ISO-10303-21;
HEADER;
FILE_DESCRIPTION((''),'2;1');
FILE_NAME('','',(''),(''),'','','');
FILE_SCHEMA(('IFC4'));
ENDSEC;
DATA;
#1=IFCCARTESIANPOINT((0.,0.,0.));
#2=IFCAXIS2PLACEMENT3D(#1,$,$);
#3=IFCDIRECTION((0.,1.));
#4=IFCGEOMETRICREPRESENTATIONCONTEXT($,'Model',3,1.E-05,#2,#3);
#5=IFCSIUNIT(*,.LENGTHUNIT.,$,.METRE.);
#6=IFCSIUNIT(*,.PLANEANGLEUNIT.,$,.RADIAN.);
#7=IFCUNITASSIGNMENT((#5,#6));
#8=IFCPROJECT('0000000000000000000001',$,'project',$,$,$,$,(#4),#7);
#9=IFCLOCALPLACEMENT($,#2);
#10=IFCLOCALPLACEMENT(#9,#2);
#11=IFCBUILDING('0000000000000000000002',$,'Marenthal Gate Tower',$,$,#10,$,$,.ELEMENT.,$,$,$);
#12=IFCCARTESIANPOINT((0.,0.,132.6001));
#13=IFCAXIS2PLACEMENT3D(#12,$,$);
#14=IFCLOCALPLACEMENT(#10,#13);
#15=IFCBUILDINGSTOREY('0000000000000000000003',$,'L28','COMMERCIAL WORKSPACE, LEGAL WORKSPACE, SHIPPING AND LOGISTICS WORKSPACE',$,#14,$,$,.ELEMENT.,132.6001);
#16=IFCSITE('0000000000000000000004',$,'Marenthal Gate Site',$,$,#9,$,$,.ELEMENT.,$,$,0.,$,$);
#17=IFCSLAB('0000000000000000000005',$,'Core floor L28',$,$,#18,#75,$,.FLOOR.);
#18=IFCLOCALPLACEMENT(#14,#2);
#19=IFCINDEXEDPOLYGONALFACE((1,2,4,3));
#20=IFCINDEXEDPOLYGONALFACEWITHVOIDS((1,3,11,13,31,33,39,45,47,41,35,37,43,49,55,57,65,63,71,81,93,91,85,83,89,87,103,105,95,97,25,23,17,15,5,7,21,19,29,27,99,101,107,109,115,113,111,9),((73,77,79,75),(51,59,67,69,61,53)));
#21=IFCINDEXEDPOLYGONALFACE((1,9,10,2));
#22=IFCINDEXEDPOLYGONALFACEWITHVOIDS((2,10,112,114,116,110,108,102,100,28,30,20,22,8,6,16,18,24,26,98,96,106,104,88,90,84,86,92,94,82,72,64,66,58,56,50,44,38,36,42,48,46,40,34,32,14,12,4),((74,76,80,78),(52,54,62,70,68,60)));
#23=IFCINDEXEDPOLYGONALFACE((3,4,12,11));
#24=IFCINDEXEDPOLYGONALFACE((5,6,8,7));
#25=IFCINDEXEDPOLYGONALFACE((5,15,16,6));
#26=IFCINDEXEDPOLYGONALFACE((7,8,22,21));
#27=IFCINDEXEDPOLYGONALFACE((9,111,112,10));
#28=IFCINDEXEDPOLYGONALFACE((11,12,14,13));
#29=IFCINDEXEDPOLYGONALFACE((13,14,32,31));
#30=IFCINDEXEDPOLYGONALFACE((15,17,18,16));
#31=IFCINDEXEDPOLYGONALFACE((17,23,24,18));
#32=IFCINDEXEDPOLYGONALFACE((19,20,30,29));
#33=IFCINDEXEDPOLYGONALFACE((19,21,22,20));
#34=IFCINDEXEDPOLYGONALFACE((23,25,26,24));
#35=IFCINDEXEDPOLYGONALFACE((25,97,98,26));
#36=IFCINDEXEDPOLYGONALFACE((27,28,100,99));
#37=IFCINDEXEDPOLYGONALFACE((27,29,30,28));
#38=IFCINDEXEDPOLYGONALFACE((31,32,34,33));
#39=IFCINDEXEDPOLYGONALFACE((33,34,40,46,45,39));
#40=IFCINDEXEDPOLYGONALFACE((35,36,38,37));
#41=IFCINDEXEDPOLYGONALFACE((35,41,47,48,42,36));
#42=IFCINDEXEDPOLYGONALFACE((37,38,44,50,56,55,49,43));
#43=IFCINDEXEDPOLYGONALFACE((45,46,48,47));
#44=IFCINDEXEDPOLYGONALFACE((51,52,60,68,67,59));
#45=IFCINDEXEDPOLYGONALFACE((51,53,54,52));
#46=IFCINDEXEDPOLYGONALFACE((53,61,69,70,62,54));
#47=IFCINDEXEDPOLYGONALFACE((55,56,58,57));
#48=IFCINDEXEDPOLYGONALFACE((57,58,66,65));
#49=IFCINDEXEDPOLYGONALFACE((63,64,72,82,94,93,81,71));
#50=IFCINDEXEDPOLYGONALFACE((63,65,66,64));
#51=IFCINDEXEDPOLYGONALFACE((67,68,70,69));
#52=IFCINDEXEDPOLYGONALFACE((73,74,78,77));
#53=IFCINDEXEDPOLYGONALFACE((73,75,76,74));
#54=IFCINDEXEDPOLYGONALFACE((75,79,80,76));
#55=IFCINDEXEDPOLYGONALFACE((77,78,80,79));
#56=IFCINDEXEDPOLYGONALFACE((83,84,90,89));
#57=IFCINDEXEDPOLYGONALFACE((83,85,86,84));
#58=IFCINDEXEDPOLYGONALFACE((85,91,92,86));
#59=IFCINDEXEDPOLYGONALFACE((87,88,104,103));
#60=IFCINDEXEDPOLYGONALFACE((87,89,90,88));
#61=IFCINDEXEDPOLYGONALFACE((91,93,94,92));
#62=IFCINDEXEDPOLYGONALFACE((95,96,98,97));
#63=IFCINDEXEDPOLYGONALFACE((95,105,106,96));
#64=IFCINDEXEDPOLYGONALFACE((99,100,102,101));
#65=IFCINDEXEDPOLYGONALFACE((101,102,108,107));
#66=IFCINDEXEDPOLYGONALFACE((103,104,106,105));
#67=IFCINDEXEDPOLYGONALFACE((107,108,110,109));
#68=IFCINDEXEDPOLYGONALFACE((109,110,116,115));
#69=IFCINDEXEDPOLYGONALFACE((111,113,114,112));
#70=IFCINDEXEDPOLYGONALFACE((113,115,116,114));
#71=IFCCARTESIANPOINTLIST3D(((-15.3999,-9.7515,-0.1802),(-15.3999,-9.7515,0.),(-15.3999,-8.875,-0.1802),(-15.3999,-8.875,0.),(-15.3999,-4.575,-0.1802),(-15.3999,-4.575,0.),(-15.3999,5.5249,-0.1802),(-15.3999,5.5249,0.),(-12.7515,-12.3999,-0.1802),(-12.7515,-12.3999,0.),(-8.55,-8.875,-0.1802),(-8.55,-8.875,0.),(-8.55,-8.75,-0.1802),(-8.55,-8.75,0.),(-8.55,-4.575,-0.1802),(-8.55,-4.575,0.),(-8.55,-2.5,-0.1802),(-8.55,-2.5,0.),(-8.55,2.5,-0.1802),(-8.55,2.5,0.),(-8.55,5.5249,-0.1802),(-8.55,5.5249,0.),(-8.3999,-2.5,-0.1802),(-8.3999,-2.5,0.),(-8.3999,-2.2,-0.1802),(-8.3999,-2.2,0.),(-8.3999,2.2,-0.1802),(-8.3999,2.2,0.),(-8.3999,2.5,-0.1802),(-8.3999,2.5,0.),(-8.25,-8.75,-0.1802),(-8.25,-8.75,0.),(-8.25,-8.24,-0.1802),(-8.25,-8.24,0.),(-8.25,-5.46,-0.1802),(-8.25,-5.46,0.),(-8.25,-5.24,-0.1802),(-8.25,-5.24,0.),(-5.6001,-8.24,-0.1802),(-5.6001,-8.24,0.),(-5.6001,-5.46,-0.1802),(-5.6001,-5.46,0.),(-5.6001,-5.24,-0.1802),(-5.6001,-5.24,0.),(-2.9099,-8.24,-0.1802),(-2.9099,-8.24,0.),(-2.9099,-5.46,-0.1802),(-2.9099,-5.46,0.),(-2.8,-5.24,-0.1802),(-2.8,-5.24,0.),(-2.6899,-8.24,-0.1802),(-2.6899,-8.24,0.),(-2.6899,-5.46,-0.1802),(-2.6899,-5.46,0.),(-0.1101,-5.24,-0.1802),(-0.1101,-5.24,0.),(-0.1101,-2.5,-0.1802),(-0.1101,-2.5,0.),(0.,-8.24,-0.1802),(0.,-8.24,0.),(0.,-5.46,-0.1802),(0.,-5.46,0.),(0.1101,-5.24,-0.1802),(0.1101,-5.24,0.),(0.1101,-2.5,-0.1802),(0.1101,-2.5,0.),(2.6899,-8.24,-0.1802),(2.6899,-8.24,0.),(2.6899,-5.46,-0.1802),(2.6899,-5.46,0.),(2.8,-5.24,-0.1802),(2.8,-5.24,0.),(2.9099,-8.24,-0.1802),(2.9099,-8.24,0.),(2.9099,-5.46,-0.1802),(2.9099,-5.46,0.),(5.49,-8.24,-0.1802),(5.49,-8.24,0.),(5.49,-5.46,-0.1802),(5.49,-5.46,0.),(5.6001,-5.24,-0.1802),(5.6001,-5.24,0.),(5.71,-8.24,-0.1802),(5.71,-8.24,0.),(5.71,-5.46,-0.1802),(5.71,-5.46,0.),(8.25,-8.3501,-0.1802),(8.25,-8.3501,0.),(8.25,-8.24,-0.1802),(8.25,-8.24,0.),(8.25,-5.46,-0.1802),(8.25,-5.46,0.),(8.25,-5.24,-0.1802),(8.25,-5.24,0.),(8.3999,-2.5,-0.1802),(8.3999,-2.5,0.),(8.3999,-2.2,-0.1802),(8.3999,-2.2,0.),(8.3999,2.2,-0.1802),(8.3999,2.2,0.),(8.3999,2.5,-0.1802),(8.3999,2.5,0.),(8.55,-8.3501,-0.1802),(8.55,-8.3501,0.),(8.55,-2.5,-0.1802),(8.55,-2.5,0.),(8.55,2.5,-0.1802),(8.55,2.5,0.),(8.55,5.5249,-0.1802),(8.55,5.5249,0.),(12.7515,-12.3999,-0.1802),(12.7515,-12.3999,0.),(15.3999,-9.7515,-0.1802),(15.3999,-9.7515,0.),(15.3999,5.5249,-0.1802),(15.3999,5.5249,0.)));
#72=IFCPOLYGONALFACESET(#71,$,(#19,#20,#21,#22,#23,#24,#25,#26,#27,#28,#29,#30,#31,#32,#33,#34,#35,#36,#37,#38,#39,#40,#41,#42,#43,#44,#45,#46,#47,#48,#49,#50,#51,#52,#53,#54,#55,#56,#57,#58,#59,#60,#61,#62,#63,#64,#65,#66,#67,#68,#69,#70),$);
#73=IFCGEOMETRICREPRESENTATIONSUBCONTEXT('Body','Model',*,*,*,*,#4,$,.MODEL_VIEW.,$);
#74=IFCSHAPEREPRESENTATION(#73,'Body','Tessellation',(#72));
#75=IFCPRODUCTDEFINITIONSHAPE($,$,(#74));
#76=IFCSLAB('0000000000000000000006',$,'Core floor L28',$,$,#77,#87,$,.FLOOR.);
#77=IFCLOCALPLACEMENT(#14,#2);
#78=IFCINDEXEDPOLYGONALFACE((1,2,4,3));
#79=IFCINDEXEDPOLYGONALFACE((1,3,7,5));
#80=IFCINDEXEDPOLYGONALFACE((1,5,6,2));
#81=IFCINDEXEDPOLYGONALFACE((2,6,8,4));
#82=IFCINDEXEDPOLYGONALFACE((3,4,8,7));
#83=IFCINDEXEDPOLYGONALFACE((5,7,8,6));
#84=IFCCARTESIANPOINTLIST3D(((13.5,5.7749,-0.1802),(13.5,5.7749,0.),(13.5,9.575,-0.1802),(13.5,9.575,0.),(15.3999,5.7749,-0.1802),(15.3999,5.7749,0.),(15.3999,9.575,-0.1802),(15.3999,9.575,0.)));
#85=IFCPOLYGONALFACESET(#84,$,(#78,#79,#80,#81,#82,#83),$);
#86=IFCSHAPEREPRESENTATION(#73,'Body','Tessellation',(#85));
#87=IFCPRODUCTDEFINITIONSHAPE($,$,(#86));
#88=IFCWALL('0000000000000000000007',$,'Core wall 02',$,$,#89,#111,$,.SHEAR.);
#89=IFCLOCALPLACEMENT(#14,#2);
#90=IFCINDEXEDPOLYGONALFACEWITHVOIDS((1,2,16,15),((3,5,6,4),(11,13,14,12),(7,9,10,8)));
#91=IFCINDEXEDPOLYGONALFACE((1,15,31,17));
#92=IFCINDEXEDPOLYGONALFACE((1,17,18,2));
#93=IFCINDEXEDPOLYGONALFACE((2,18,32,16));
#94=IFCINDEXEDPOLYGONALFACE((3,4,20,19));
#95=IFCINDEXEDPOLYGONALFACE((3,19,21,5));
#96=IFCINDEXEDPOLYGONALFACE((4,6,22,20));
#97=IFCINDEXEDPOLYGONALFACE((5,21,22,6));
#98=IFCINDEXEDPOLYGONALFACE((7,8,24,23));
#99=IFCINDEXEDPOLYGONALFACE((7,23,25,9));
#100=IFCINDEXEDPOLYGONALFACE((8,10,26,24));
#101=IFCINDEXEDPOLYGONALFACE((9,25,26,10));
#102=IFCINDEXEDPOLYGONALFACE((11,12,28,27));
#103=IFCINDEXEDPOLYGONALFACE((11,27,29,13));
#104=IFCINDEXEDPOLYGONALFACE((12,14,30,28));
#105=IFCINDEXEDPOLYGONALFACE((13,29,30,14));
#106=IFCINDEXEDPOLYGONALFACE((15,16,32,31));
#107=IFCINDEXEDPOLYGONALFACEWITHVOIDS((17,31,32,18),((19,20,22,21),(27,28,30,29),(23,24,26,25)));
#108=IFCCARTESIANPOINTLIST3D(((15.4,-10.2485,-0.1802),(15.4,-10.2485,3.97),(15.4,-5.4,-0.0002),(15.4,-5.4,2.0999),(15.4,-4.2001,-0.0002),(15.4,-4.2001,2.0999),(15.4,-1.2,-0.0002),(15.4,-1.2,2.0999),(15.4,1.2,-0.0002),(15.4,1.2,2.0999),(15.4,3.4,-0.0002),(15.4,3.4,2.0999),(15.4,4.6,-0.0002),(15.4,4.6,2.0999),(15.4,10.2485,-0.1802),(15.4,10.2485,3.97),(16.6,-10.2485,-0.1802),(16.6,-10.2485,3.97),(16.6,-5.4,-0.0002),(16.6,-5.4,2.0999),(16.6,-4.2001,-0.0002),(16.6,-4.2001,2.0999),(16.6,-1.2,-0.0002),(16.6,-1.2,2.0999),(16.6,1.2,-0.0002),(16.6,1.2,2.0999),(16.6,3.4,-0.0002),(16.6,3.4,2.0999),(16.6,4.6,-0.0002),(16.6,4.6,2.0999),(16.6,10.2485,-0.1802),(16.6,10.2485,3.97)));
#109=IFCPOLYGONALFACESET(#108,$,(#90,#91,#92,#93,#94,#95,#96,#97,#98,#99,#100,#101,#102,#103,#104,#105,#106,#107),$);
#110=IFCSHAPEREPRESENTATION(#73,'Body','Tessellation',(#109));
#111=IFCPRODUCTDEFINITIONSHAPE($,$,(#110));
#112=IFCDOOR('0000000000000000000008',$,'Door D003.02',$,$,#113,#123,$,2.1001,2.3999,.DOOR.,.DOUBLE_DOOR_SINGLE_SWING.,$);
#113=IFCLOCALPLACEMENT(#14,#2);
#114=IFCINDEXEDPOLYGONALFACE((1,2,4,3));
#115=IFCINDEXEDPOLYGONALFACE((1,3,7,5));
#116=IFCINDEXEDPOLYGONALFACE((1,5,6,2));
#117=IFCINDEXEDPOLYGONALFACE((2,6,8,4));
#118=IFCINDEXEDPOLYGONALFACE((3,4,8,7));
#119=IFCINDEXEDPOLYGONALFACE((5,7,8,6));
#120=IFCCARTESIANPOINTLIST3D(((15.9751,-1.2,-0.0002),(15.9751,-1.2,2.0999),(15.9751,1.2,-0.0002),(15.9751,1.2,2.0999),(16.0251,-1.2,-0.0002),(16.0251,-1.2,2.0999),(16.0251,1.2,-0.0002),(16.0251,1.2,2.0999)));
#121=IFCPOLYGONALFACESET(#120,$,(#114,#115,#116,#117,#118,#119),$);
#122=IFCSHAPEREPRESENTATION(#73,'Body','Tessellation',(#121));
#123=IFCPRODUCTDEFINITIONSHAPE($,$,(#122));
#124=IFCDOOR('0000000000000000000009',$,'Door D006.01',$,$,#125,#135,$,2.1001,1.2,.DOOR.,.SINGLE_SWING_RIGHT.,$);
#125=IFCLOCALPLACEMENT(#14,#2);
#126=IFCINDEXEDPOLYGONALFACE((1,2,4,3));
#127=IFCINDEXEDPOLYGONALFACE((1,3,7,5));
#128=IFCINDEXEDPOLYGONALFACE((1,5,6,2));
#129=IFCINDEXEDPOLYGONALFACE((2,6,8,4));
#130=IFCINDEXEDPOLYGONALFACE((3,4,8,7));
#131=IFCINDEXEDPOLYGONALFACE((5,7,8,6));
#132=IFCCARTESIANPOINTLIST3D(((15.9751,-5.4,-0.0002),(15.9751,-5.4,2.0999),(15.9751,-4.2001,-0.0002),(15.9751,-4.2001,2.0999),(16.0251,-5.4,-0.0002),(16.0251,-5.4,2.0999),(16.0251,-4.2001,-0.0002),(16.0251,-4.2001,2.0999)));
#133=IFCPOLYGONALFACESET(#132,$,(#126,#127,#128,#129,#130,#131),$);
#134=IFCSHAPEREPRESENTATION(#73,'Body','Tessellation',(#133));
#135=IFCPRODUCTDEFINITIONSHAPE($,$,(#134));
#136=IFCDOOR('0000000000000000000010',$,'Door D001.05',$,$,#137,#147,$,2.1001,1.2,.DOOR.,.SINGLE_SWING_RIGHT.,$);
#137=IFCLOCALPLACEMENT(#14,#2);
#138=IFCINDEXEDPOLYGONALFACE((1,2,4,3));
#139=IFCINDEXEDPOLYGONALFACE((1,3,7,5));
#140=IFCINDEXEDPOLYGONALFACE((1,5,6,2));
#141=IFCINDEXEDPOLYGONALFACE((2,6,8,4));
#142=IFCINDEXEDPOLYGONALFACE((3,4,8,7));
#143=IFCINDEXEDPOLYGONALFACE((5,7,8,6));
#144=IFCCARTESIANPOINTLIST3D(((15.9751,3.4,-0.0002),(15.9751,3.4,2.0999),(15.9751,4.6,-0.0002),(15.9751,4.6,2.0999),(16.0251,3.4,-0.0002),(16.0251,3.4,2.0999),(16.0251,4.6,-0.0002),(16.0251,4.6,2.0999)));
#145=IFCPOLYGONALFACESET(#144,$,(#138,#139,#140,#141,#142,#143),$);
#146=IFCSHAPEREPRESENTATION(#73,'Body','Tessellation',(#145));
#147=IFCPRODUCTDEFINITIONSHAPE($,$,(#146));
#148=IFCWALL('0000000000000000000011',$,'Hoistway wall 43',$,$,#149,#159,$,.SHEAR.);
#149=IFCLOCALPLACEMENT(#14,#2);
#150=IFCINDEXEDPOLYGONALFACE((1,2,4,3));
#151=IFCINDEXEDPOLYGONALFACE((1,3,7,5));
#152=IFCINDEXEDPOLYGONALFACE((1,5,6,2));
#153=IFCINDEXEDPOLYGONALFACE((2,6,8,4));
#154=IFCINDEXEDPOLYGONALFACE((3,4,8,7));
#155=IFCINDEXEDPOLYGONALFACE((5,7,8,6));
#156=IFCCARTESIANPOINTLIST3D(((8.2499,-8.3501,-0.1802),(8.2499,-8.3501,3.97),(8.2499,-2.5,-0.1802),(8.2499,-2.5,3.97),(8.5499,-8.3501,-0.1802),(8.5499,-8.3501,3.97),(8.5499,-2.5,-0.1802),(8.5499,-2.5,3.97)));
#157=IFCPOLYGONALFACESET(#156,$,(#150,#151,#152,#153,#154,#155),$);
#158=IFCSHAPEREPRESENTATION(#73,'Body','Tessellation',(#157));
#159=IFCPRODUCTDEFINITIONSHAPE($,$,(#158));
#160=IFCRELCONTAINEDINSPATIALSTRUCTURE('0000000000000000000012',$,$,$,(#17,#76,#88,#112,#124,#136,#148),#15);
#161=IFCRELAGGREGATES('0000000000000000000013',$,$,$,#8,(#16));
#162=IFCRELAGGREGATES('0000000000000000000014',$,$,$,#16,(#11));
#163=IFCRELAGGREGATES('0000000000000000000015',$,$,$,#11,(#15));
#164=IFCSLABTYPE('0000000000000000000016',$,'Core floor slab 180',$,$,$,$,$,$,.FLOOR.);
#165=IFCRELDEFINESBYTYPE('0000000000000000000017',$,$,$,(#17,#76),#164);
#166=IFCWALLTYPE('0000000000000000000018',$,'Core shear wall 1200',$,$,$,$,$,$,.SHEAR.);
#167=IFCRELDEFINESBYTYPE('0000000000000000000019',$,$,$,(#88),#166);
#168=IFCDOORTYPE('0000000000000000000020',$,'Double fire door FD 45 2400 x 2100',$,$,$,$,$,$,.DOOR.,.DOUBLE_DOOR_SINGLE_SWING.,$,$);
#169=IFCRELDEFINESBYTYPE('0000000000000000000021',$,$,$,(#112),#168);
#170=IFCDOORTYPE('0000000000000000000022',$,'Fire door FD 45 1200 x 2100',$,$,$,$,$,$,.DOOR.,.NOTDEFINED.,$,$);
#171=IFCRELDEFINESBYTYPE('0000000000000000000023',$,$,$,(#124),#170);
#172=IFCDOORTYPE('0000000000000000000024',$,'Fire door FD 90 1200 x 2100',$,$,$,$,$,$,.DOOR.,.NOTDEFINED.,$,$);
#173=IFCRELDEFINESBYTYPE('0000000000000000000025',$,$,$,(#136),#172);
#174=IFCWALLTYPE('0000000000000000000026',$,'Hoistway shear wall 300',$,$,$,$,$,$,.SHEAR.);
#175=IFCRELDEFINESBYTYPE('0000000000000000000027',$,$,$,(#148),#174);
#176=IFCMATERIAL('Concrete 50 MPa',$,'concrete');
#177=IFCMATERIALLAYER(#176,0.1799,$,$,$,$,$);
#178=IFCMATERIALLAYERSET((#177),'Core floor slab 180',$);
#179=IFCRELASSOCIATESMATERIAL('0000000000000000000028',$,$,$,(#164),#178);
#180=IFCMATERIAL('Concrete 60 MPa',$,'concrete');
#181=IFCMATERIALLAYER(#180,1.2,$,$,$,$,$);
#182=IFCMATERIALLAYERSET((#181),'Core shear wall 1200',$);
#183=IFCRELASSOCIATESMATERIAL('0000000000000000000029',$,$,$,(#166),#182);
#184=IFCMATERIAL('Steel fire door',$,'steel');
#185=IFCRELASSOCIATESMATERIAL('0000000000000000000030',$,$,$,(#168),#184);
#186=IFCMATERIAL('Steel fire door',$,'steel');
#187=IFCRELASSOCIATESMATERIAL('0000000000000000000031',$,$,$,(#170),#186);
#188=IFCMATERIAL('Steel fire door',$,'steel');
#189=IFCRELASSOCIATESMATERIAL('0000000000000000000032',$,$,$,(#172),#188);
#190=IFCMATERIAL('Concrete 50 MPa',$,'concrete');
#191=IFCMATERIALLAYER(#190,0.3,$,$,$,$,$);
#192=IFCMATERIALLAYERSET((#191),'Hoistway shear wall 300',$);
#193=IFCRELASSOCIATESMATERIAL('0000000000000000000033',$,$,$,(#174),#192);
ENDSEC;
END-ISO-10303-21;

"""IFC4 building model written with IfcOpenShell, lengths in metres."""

from ifc_helpers import new_model, si_unit, direction, frame, frame_2d, origin, place, context, subcontext, project, spatial, polyline, rectangle, outline, extrude, material, layer, layer_set, type_object, element, fill, save


model = new_model("IFC4")

# Units and contexts
model_context = context("Model", 3, precision=1e-05, world=origin(), true_north=direction((0.0, 1.0)))
body_context = subcontext(model_context, "Body", "Model", "MODEL_VIEW")
ifc_project = project(units=[si_unit("LENGTHUNIT", "METRE"), si_unit("PLANEANGLEUNIT", "RADIAN")], contexts=[model_context])

# Site, building, storey
site_placement = place(None, origin())
site = spatial("IfcSite", under=ifc_project, at=site_placement, Name="Marenthal Gate Site", CompositionType="ELEMENT", RefElevation=0.0)
building_placement = place(site_placement, origin())
building = spatial("IfcBuilding", under=site, at=building_placement, Name="Marenthal Gate Tower", CompositionType="ELEMENT")
storey_placement = place(building_placement, frame((0.0, 0.0, 132.6001)))
storey = spatial("IfcBuildingStorey", under=building, at=storey_placement, Name="L28", Description="COMMERCIAL WORKSPACE, LEGAL WORKSPACE, SHIPPING AND LOGISTICS WORKSPACE", CompositionType="ELEMENT", Elevation=132.6001)

# Slabs
ifc_material_1 = material(Name="Concrete 50 MPa", Category="concrete")
ifc_layer_1 = layer(ifc_material_1, 0.1799)
ifc_layer_set_1 = layer_set([ifc_layer_1], Name="Core floor slab 180")
slab_type_1 = type_object("IfcSlabType", Name="Core floor slab 180", PredefinedType="FLOOR", material=ifc_layer_set_1)
slab_1_placement = place(storey_placement, frame((0.0, 0.0, -0.1802)))
element("IfcSlab", 1, at=slab_1_placement, inside=storey, type_object=slab_type_1, Name="Core floor L28", PredefinedType="FLOOR", context=body_context, shape_type="SweptSolid", body=[
    extrude(outline(polyline([(15.3999, -9.7515), (12.7515, -12.3999), (-12.7515, -12.3999), (-15.3999, -9.7515), (-15.3999, -8.875), (-8.55, -8.875), (-8.55, -8.75), (-8.25, -8.75), (-8.25, -8.24), (-5.6001, -8.24), (-2.9099, -8.24), (-2.9099, -5.46), (-5.6001, -5.46), (-8.25, -5.46), (-8.25, -5.24), (-5.6001, -5.24), (-2.8, -5.24), (-0.1101, -5.24), (-0.1101, -2.5), (0.1101, -2.5), (0.1101, -5.24), (2.8, -5.24), (5.6001, -5.24), (8.25, -5.24), (8.25, -5.46), (5.71, -5.46), (5.71, -8.24), (8.25, -8.24), (8.25, -8.3501), (8.55, -8.3501), (8.55, -2.5), (8.3999, -2.5), (8.3999, -2.2), (-8.3999, -2.2), (-8.3999, -2.5), (-8.55, -2.5), (-8.55, -4.575), (-15.3999, -4.575), (-15.3999, 5.5249), (-8.55, 5.5249), (-8.55, 2.5), (-8.3999, 2.5), (-8.3999, 2.2), (8.3999, 2.2), (8.3999, 2.5), (8.55, 2.5), (8.55, 5.5249), (15.3999, 5.5249), (15.3999, -9.7515)]), holes=[polyline([(2.6899, -5.46), (0.0, -5.46), (-2.6899, -5.46), (-2.6899, -8.24), (0.0, -8.24), (2.6899, -8.24), (2.6899, -5.46)]), polyline([(5.49, -5.46), (2.9099, -5.46), (2.9099, -8.24), (5.49, -8.24), (5.49, -5.46)])]), origin(), (0.0, 0.0, 1.0), 0.1802),
])
slab_2_placement = place(storey_placement, frame((0.0, 0.0, -0.1802)))
element("IfcSlab", 2, at=slab_2_placement, inside=storey, type_object=slab_type_1, Name="Core floor L28", PredefinedType="FLOOR", context=body_context, shape_type="SweptSolid", body=[
    extrude(outline(polyline([(15.3999, 5.7749), (13.5, 5.7749), (13.5, 9.575), (15.3999, 9.575), (15.3999, 5.7749)])), origin(), (0.0, 0.0, 1.0), 0.1802),
])

# Wall, openings, doors
ifc_material_2 = material(Name="Concrete 60 MPa", Category="concrete")
ifc_layer_2 = layer(ifc_material_2, 1.2)
ifc_layer_set_2 = layer_set([ifc_layer_2], Name="Core shear wall 1200")
wall_type_1 = type_object("IfcWallType", Name="Core shear wall 1200", PredefinedType="SHEAR", material=ifc_layer_set_2)
wall_1_placement = place(storey_placement, frame((16.0, -10.2485, -0.1802), z_axis=(0.0, 0.0, 1.0), x_axis=(0.0, 1.0, 0.0)))
wall_1 = element("IfcWall", 3, at=wall_1_placement, inside=storey, type_object=wall_type_1, Name="Core wall 02", PredefinedType="SHEAR", context=body_context, shape_type="SweptSolid", body=[
    extrude(rectangle(XDim=20.4971, YDim=1.2, at=frame_2d((10.2485, 0.0))), origin(), (0.0, 0.0, 1.0), 4.1501),
])
opening_1_placement = place(wall_1_placement, frame((9.0486, 0.0, 0.1799)))
opening_1 = element("IfcOpeningElement", 4, at=opening_1_placement, cuts=wall_1, PredefinedType="OPENING", context=body_context, shape_type="SweptSolid", body=[
    extrude(rectangle(XDim=2.3999, YDim=2.1001, at=frame_2d((1.2, 1.05))), frame((0.0, 0.6099, 0.0), z_axis=(0.0, -1.0, 0.0), x_axis=(1.0, 0.0, 0.0)), (0.0, 0.0, 1.0), 1.22),
])
opening_2_placement = place(wall_1_placement, frame((13.6484, 0.0, 0.1799)))
opening_2 = element("IfcOpeningElement", 5, at=opening_2_placement, cuts=wall_1, PredefinedType="OPENING", context=body_context, shape_type="SweptSolid", body=[
    extrude(rectangle(XDim=1.2, YDim=2.1001, at=frame_2d((0.6001, 1.05))), frame((0.0, 0.6099, 0.0), z_axis=(0.0, -1.0, 0.0), x_axis=(1.0, 0.0, 0.0)), (0.0, 0.0, 1.0), 1.22),
])
opening_3_placement = place(wall_1_placement, frame((4.8484, 0.0, 0.1799)))
opening_3 = element("IfcOpeningElement", 6, at=opening_3_placement, cuts=wall_1, PredefinedType="OPENING", context=body_context, shape_type="SweptSolid", body=[
    extrude(rectangle(XDim=1.2, YDim=2.1001, at=frame_2d((0.6001, 1.05))), frame((0.0, 0.6099, 0.0), z_axis=(0.0, -1.0, 0.0), x_axis=(1.0, 0.0, 0.0)), (0.0, 0.0, 1.0), 1.22),
])
ifc_material_3 = material(Name="Steel fire door", Category="steel")
door_type_1 = type_object("IfcDoorType", Name="Double fire door FD 45 2400 x 2100", OperationType="DOUBLE_DOOR_SINGLE_SWING", PredefinedType="DOOR", material=ifc_material_3)
door_1_placement = place(opening_1_placement, origin())
door_1 = element("IfcDoor", 7, at=door_1_placement, inside=storey, type_object=door_type_1, Name="Door D003.02", OperationType="DOUBLE_DOOR_SINGLE_SWING", OverallHeight=2.1001, OverallWidth=2.3999, PredefinedType="DOOR", context=body_context, shape_type="SweptSolid", body=[
    extrude(rectangle(XDim=2.3999, YDim=2.1001, at=frame_2d((1.2, 1.05))), frame((0.0, 0.0249, 0.0), z_axis=(0.0, -1.0, 0.0), x_axis=(1.0, 0.0, 0.0)), (0.0, 0.0, 1.0), 0.05),
])
fill(opening_1, door_1)
ifc_material_4 = material(Name="Steel fire door", Category="steel")
door_type_2 = type_object("IfcDoorType", Name="Fire door FD 45 1200 x 2100", OperationType="NOTDEFINED", PredefinedType="DOOR", material=ifc_material_4)
door_2_placement = place(opening_3_placement, origin())
door_2 = element("IfcDoor", 8, at=door_2_placement, inside=storey, type_object=door_type_2, Name="Door D006.01", OperationType="SINGLE_SWING_RIGHT", OverallHeight=2.1001, OverallWidth=1.2, PredefinedType="DOOR", context=body_context, shape_type="SweptSolid", body=[
    extrude(rectangle(XDim=1.2, YDim=2.1001, at=frame_2d((0.6001, 1.05))), frame((0.0, 0.0249, 0.0), z_axis=(0.0, -1.0, 0.0), x_axis=(1.0, 0.0, 0.0)), (0.0, 0.0, 1.0), 0.05),
])
fill(opening_3, door_2)
ifc_material_5 = material(Name="Steel fire door", Category="steel")
door_type_3 = type_object("IfcDoorType", Name="Fire door FD 90 1200 x 2100", OperationType="NOTDEFINED", PredefinedType="DOOR", material=ifc_material_5)
door_3_placement = place(opening_2_placement, origin())
door_3 = element("IfcDoor", 9, at=door_3_placement, inside=storey, type_object=door_type_3, Name="Door D001.05", OperationType="SINGLE_SWING_RIGHT", OverallHeight=2.1001, OverallWidth=1.2, PredefinedType="DOOR", context=body_context, shape_type="SweptSolid", body=[
    extrude(rectangle(XDim=1.2, YDim=2.1001, at=frame_2d((0.6001, 1.05))), frame((0.0, 0.0249, 0.0), z_axis=(0.0, -1.0, 0.0), x_axis=(1.0, 0.0, 0.0)), (0.0, 0.0, 1.0), 0.05),
])
fill(opening_2, door_3)

# Wall
ifc_material_6 = material(Name="Concrete 50 MPa", Category="concrete")
ifc_layer_3 = layer(ifc_material_6, 0.3)
ifc_layer_set_3 = layer_set([ifc_layer_3], Name="Hoistway shear wall 300")
wall_type_2 = type_object("IfcWallType", Name="Hoistway shear wall 300", PredefinedType="SHEAR", material=ifc_layer_set_3)
wall_2_placement = place(storey_placement, frame((8.3999, -8.3501, -0.1802), z_axis=(0.0, 0.0, 1.0), x_axis=(0.0, 1.0, 0.0)))
element("IfcWall", 10, at=wall_2_placement, inside=storey, type_object=wall_type_2, Name="Hoistway wall 43", PredefinedType="SHEAR", context=body_context, shape_type="SweptSolid", body=[
    extrude(rectangle(XDim=5.8501, YDim=0.3, at=frame_2d((2.925, 0.0))), origin(), (0.0, 0.0, 1.0), 4.1501),
])

save(model, "model.ifc")
